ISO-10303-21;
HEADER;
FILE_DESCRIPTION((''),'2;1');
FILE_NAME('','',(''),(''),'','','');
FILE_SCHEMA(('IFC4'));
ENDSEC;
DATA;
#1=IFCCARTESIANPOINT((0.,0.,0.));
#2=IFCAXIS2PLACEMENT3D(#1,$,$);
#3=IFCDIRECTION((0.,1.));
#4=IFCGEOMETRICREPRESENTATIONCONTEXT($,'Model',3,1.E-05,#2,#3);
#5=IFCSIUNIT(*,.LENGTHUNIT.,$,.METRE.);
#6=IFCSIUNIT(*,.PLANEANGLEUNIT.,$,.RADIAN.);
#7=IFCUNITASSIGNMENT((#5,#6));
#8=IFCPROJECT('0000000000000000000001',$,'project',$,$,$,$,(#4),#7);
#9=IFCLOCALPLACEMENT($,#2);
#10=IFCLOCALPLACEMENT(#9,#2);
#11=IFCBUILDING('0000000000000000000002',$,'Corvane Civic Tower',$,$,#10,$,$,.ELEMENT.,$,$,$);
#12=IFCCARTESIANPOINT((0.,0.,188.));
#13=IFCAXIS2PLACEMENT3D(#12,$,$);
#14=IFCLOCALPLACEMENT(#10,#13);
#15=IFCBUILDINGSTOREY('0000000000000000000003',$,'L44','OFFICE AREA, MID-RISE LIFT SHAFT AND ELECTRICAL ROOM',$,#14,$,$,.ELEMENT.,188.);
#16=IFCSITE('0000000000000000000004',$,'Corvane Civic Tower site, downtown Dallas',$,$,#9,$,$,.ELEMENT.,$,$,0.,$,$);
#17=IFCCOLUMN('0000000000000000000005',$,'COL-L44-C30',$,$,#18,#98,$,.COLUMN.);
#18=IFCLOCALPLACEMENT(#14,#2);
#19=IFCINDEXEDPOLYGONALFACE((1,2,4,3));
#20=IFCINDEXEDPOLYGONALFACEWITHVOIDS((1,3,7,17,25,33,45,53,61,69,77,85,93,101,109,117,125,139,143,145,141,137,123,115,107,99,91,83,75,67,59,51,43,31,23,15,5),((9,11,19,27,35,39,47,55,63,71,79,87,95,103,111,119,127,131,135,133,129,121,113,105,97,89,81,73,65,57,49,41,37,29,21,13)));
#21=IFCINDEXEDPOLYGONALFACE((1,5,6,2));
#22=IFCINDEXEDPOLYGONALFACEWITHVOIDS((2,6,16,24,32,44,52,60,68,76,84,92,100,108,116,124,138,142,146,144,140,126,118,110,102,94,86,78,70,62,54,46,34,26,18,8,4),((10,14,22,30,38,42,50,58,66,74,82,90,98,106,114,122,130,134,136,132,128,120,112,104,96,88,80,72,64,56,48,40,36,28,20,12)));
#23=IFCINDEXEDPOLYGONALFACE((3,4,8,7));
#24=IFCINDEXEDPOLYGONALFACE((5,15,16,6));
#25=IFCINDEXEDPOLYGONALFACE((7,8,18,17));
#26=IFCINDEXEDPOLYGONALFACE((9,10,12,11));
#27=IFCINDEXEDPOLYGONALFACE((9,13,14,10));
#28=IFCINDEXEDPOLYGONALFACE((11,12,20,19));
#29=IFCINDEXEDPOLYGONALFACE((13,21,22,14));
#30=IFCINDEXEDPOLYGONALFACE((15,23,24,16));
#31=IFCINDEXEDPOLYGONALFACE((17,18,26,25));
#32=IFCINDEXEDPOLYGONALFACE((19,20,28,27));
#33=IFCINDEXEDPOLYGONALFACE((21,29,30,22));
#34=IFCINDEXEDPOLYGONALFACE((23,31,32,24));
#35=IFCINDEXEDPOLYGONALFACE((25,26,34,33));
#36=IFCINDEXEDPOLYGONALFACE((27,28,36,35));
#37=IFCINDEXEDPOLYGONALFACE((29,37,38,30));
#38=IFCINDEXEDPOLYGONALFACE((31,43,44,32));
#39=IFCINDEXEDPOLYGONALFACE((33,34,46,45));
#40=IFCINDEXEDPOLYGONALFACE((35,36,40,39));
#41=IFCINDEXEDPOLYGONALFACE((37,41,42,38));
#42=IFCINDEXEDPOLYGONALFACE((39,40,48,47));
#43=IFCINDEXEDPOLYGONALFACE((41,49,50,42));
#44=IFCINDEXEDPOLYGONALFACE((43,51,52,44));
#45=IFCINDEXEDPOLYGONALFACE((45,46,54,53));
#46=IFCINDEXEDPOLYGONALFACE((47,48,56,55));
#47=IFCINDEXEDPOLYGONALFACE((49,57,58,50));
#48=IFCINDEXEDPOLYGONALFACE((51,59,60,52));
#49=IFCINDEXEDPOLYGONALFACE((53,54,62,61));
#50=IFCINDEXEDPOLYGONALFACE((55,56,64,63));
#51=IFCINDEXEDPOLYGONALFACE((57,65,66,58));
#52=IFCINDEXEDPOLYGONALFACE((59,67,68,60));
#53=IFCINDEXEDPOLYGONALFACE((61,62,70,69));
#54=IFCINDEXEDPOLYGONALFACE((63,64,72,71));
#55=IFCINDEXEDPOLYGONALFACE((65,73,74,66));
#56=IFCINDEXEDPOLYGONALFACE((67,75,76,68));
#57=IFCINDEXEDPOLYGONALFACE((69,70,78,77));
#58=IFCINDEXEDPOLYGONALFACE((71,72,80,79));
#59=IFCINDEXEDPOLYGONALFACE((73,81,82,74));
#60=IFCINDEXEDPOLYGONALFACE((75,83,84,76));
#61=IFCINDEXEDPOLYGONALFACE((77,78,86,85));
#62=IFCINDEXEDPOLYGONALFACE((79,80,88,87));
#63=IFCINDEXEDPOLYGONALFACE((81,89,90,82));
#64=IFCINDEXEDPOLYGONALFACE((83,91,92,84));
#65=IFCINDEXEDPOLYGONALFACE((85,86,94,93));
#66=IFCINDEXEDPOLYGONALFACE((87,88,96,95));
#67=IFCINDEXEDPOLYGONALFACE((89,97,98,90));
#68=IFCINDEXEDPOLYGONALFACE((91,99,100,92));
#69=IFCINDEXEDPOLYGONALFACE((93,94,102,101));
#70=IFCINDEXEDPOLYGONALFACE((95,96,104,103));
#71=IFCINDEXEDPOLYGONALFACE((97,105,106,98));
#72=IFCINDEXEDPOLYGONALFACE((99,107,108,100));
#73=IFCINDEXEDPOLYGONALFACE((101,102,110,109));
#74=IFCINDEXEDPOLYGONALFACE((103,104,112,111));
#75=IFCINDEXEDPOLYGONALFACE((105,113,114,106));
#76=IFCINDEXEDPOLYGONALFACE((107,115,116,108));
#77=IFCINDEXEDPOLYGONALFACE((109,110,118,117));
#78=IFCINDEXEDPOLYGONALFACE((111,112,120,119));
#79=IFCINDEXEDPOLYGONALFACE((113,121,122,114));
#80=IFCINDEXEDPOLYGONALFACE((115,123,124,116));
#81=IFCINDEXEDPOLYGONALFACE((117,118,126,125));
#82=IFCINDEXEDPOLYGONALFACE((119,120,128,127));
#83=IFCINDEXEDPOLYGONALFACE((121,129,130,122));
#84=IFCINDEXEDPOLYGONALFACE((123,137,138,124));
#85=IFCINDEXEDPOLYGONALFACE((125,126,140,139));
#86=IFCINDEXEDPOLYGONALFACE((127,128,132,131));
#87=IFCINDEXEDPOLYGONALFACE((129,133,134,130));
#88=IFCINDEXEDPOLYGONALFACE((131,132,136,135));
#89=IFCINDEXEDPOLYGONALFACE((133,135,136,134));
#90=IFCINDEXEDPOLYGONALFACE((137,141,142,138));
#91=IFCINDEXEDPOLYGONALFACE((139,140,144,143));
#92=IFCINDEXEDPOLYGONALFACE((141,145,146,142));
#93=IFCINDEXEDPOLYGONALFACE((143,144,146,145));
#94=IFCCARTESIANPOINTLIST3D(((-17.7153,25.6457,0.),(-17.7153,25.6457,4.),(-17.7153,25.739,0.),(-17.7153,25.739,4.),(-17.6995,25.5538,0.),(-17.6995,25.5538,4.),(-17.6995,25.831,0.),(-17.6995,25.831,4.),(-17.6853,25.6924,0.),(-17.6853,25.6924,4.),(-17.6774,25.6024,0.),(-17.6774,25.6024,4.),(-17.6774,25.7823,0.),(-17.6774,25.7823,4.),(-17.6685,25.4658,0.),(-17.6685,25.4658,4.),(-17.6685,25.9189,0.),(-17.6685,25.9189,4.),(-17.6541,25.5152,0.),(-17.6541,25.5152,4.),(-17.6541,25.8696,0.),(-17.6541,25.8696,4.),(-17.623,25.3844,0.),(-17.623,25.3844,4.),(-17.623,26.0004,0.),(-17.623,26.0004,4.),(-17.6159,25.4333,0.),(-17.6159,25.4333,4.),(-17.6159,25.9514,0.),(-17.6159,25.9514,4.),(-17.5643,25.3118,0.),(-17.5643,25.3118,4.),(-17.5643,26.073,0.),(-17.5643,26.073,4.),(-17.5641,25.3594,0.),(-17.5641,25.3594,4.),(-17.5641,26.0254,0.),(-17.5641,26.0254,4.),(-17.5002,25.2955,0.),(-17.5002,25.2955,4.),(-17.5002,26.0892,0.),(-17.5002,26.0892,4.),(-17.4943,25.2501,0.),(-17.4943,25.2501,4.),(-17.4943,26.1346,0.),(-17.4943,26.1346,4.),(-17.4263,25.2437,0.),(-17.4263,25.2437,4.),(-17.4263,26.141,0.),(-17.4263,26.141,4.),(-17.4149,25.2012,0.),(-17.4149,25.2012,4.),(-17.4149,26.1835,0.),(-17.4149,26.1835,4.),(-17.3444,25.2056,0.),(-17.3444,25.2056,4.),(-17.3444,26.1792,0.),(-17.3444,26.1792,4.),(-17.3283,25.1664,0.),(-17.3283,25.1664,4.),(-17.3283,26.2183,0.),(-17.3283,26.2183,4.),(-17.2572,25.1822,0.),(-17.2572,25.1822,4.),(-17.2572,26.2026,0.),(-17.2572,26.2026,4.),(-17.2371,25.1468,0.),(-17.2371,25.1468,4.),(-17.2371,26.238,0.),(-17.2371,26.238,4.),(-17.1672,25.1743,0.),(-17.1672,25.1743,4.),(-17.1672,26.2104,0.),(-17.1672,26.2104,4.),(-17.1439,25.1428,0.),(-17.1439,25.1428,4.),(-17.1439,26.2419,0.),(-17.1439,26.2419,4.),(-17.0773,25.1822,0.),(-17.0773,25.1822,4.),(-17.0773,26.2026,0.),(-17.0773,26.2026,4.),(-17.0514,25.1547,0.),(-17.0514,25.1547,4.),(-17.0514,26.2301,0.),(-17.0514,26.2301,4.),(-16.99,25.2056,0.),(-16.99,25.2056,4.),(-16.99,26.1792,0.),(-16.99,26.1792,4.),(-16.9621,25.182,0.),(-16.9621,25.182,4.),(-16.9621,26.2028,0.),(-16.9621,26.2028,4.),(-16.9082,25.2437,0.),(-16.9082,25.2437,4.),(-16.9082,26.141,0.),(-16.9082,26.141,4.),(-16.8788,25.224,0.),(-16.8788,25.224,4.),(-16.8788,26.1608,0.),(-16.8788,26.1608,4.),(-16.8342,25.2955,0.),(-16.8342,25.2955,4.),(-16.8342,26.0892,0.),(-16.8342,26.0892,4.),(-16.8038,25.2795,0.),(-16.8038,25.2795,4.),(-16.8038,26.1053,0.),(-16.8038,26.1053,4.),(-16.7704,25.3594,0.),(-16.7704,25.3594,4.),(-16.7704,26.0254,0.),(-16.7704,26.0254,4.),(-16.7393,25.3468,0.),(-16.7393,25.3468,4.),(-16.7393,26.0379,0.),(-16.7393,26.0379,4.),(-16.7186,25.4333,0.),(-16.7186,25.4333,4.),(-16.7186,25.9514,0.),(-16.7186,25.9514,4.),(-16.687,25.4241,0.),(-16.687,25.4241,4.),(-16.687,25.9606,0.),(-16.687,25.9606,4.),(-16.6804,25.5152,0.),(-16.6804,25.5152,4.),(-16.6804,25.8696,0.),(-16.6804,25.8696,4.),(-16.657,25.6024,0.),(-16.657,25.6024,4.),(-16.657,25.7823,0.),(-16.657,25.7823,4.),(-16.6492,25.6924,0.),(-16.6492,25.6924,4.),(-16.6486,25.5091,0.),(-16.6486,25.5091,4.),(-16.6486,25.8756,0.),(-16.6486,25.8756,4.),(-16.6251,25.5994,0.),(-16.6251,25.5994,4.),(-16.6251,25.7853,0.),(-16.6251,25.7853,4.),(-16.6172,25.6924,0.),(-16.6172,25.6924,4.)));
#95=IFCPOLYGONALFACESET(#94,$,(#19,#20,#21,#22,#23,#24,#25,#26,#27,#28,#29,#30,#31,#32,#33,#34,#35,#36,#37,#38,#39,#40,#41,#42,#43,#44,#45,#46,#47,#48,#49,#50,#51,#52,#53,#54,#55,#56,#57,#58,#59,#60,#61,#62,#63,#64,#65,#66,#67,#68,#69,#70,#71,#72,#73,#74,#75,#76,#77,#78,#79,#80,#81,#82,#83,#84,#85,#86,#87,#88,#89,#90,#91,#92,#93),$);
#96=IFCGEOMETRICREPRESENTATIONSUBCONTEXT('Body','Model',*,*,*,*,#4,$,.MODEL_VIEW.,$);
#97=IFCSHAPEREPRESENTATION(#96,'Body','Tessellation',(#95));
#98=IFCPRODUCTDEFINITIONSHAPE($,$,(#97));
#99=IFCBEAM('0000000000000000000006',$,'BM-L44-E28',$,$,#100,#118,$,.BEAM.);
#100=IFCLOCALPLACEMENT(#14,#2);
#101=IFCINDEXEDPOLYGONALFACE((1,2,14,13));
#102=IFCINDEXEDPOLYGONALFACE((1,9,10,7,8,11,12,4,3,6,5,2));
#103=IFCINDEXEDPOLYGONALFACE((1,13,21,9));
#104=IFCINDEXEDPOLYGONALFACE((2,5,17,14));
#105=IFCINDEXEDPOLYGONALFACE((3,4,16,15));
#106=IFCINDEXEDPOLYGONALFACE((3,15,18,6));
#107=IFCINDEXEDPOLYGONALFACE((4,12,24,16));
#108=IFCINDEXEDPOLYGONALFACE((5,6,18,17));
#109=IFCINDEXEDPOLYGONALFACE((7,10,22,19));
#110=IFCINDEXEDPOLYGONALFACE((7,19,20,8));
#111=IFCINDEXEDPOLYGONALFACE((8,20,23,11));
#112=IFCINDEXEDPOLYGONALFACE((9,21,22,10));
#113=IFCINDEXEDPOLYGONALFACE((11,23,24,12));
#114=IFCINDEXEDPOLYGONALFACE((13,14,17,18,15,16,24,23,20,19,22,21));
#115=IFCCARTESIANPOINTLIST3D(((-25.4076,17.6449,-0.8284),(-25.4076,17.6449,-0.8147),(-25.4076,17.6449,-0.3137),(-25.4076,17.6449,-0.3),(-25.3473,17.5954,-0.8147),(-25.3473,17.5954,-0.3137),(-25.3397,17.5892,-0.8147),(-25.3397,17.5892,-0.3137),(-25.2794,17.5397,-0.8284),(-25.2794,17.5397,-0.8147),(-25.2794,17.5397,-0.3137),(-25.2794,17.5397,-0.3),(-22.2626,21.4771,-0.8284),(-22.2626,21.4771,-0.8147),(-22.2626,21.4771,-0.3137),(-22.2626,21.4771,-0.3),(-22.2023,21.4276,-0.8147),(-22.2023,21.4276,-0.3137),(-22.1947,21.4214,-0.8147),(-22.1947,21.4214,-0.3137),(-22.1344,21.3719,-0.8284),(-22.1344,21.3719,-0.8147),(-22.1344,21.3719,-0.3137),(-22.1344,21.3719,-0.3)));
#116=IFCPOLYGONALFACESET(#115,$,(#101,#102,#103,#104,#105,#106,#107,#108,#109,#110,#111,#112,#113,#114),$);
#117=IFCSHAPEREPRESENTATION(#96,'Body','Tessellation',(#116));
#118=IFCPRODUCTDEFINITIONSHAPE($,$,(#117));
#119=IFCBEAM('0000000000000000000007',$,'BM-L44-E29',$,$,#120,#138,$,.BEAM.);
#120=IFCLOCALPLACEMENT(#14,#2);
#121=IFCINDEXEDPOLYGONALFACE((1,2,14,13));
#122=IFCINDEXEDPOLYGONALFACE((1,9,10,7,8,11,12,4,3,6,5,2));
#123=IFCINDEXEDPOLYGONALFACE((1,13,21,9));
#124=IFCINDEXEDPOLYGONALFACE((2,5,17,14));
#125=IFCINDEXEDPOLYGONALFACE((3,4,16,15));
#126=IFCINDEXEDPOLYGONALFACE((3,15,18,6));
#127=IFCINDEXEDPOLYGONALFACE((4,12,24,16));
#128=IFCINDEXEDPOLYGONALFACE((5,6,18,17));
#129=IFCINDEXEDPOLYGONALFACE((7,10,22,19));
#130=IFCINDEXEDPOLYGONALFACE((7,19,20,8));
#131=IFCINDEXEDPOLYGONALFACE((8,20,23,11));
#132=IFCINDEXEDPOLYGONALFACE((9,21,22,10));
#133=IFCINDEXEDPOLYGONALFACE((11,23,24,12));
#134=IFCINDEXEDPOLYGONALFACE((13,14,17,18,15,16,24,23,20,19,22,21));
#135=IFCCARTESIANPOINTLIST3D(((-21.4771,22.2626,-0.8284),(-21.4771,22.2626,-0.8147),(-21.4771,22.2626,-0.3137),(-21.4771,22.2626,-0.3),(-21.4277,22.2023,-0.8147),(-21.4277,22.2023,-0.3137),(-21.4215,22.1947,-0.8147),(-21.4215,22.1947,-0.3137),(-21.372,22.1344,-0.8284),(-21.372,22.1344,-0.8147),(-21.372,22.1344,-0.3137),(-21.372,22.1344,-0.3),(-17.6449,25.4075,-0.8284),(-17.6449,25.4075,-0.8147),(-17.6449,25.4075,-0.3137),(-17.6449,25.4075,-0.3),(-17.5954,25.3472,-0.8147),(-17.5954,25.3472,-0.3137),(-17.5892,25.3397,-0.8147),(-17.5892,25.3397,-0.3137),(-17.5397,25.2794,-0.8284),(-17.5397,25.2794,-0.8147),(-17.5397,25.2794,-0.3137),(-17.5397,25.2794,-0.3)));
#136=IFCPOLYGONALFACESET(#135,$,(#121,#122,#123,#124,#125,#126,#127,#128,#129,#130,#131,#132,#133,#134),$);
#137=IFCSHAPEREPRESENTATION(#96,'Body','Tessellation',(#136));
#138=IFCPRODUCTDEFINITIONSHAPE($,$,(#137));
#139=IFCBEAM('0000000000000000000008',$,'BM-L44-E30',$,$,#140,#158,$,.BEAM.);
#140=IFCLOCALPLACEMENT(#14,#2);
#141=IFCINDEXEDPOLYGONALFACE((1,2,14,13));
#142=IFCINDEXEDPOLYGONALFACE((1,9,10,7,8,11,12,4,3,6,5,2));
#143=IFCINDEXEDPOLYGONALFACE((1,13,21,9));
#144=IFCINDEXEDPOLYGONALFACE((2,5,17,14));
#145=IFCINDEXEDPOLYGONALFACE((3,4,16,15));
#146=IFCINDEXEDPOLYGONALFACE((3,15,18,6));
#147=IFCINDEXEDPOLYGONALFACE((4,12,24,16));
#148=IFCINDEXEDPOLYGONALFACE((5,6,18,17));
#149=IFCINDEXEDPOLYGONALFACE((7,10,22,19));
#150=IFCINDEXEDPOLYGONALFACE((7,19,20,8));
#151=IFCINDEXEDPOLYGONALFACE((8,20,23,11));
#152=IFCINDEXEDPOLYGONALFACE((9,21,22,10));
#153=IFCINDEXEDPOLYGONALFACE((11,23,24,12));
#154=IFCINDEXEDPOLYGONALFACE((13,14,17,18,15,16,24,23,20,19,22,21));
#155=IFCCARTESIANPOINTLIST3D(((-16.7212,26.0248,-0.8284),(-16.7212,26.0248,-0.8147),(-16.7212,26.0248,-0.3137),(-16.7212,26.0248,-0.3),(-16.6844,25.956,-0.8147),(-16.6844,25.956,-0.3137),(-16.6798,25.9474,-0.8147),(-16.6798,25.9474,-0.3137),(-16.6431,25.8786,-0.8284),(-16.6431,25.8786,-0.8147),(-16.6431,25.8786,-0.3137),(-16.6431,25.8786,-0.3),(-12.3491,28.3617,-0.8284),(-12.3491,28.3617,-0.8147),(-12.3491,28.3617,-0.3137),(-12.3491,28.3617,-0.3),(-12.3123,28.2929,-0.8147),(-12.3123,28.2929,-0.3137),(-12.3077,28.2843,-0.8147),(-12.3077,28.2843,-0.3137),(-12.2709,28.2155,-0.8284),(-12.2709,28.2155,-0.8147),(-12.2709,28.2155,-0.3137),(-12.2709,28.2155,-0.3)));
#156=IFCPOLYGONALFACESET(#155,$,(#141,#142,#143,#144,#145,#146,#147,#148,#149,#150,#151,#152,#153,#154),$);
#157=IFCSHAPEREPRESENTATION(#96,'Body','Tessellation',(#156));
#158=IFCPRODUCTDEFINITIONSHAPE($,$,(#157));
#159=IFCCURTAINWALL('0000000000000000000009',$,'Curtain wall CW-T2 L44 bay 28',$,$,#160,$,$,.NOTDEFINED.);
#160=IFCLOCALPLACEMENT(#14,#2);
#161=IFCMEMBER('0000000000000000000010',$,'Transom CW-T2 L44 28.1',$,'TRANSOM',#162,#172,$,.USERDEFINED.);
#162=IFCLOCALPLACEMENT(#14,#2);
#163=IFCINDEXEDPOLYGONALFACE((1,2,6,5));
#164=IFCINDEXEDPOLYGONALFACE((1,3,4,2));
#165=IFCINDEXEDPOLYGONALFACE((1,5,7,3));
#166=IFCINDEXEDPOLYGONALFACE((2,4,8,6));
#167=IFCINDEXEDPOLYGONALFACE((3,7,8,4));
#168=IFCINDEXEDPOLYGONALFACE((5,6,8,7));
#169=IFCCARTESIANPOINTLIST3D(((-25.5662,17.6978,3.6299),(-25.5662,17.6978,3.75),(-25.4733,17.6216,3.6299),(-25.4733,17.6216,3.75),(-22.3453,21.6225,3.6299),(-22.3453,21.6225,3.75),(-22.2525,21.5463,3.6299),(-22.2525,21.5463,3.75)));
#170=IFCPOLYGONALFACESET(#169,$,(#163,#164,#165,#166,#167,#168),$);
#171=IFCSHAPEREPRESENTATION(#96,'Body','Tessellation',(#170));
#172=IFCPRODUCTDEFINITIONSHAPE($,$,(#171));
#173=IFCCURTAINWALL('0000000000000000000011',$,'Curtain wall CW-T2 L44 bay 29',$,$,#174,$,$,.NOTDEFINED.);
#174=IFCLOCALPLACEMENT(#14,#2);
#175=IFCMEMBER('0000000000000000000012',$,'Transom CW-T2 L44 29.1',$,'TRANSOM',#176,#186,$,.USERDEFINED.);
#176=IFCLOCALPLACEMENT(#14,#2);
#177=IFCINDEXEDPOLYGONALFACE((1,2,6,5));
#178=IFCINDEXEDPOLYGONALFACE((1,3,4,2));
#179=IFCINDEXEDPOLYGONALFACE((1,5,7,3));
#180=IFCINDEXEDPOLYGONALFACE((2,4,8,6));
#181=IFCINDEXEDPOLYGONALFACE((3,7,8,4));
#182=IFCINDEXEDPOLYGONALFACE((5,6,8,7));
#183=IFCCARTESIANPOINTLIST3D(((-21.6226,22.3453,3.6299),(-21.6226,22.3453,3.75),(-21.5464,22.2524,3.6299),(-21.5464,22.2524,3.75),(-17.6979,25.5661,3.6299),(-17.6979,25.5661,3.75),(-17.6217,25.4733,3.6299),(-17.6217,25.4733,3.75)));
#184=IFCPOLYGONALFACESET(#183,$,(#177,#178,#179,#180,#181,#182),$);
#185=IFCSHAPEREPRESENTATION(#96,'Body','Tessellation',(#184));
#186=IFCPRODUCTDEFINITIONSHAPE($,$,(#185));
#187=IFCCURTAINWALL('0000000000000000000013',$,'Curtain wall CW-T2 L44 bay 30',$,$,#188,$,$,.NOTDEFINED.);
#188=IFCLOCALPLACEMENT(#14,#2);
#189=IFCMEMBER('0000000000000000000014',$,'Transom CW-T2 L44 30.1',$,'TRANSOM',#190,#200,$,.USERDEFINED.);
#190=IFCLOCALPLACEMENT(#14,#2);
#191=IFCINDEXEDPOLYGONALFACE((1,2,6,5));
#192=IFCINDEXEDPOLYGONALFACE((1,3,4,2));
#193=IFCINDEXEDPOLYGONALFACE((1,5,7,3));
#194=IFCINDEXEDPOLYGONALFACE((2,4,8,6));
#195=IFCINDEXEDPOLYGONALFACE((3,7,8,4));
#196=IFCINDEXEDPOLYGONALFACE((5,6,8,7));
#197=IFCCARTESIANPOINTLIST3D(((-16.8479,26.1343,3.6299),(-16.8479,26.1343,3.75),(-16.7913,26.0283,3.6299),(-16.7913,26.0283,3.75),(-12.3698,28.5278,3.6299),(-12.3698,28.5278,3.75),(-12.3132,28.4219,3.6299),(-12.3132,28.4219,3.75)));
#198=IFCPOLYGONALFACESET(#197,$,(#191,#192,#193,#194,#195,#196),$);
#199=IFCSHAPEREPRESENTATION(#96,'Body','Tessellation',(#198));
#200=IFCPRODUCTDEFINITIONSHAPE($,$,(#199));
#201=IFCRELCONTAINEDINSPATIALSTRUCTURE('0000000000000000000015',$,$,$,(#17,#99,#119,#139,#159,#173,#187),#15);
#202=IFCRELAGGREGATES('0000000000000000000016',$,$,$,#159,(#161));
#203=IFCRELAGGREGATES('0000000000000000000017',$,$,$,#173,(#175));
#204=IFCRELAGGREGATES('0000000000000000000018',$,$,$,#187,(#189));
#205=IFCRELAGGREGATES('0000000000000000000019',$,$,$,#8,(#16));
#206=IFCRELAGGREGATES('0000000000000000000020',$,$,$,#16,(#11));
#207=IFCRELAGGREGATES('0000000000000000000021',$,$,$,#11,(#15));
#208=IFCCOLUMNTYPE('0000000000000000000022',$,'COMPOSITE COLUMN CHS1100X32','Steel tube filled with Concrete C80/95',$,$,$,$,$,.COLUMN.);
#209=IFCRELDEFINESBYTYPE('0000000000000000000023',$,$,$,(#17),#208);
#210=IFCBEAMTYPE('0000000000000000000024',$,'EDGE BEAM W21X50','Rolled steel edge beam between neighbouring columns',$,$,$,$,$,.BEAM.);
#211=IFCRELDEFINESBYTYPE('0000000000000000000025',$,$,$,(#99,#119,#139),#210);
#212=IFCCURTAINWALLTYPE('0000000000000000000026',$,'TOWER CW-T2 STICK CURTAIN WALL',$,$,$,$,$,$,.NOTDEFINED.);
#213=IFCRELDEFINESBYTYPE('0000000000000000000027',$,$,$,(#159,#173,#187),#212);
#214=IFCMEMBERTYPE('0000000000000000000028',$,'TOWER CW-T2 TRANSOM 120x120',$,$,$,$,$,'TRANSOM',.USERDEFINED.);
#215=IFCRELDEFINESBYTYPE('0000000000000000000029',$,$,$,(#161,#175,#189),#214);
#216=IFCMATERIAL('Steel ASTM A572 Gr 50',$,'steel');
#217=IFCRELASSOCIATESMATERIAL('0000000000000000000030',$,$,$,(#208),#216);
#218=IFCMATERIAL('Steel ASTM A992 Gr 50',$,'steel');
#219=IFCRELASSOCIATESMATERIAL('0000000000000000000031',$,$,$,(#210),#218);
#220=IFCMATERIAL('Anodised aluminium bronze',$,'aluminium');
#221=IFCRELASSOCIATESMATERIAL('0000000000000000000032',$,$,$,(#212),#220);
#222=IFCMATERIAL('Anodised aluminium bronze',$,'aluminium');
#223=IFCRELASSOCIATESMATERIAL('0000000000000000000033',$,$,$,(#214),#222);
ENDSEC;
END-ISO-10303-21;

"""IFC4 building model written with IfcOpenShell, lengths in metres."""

from ifc_helpers import new_model, si_unit, direction, frame, origin, origin_2d, place, context, subcontext, project, spatial, rectangle, hollow_circle, i_section, extrude, material, material_profile, profile_set, type_object, element, aggregate, save


model = new_model("IFC4")

# Units and contexts
model_context = context("Model", 3, precision=1e-05, world=origin(), true_north=direction((0.0, 1.0)))
body_context = subcontext(model_context, "Body", "Model", "MODEL_VIEW")
ifc_project = project(units=[si_unit("LENGTHUNIT", "METRE"), si_unit("PLANEANGLEUNIT", "RADIAN")], contexts=[model_context])

# Site, building, storey
site_placement = place(None, origin())
site = spatial("IfcSite", under=ifc_project, at=site_placement, Name="Corvane Civic Tower site, downtown Dallas", CompositionType="ELEMENT", RefElevation=0.0)
building_placement = place(site_placement, origin())
building = spatial("IfcBuilding", under=site, at=building_placement, Name="Corvane Civic Tower", CompositionType="ELEMENT")
storey_placement = place(building_placement, frame((0.0, 0.0, 188.0)))
storey = spatial("IfcBuildingStorey", under=building, at=storey_placement, Name="L44", Description="OFFICE AREA, MID-RISE LIFT SHAFT AND ELECTRICAL ROOM", CompositionType="ELEMENT", Elevation=188.0)

# Column
ifc_material_1 = material(Name="Steel ASTM A572 Gr 50", Category="steel")
ifc_material_profile_1 = material_profile(ifc_material_1, hollow_circle(Radius=0.55, WallThickness=0.032, at=origin_2d()), Name="CHS1100X32")
ifc_profile_set_1 = profile_set([ifc_material_profile_1], Name="Steel ASTM A572 Gr 50")
column_type = type_object("IfcColumnType", Name="COMPOSITE COLUMN CHS1100X32", Description="Steel tube filled with Concrete C80/95", PredefinedType="COLUMN", material=ifc_profile_set_1)
for number, where, z_axis, x_axis, name in (
    (1, (-17.1672, 25.6924, 0.0), (0.0, 0.0, 1.0), (1.0, 0.0, 0.0), "COL-L44-C30"),
):
    element("IfcColumn", number, at=place(storey_placement, frame(where, z_axis=z_axis, x_axis=x_axis)), inside=storey, type_object=column_type, Name=name, PredefinedType="COLUMN", context=body_context, shape_type="SweptSolid", body=[
        extrude(hollow_circle(Radius=0.55, WallThickness=0.032, at=origin_2d()), origin(), (0.0, 0.0, 1.0), 4.0),
    ])

# Beams
ifc_material_2 = material(Name="Steel ASTM A992 Gr 50", Category="steel")
ifc_material_profile_2 = material_profile(ifc_material_2, i_section(OverallWidth=0.1658, OverallDepth=0.5283, WebThickness=0.0098, FlangeThickness=0.0137, at=origin_2d()), Name="W21X50")
ifc_profile_set_2 = profile_set([ifc_material_profile_2], Name="Steel ASTM A992 Gr 50")
beam_type = type_object("IfcBeamType", Name="EDGE BEAM W21X50", Description="Rolled steel edge beam between neighbouring columns", PredefinedType="BEAM", material=ifc_profile_set_2)
for number, where, z_axis, x_axis, name in (
    (2, (-25.3435, 17.5923, -0.5642), (0.634388, 0.773015, 0.0), (-0.773015, 0.634388, 0.0), "BM-L44-E28"),
    (3, (-21.4246, 22.1985, -0.5642), (0.773015, 0.634388, 0.0), (-0.634388, 0.773015, 0.0), "BM-L44-E29"),
    (4, (-16.6821, 25.9517, -0.5642), (0.881922, 0.471396, 0.0), (-0.471396, 0.881922, 0.0), "BM-L44-E30"),
):
    element("IfcBeam", number, at=place(storey_placement, frame(where, z_axis=z_axis, x_axis=x_axis)), inside=storey, type_object=beam_type, Name=name, PredefinedType="BEAM", context=body_context, shape_type="SweptSolid", body=[
        extrude(i_section(OverallWidth=0.1658, OverallDepth=0.5283, WebThickness=0.0098, FlangeThickness=0.0137, at=origin_2d()), origin(), (0.0, 0.0, 1.0), 4.9575),
    ])

# Curtain walls, members
ifc_material_3 = material(Name="Anodised aluminium bronze", Category="aluminium")
curtain_wall_type = type_object("IfcCurtainWallType", Name="TOWER CW-T2 STICK CURTAIN WALL", PredefinedType="NOTDEFINED", material=ifc_material_3)
curtain_wall_1_placement = place(storey_placement, origin())
curtain_wall_1 = element("IfcCurtainWall", 5, at=curtain_wall_1_placement, inside=storey, type_object=curtain_wall_type, Name="Curtain wall CW-T2 L44 bay 28", PredefinedType="NOTDEFINED")
ifc_material_4 = material(Name="Anodised aluminium bronze", Category="aluminium")
ifc_material_profile_3 = material_profile(ifc_material_4, rectangle(XDim=0.1201, YDim=0.1201, at=origin_2d()), Name="TOWER CW-T2 TRANSOM 120x120")
ifc_profile_set_3 = profile_set([ifc_material_profile_3], Name="Anodised aluminium bronze")
member_type = type_object("IfcMemberType", Name="TOWER CW-T2 TRANSOM 120x120", ElementType="TRANSOM", PredefinedType="USERDEFINED", material=ifc_profile_set_3)
member_1_placement = place(storey_placement, frame((-25.5198, 17.6597, 3.6899), z_axis=(0.634387, 0.773016, 0.0), x_axis=(-0.773016, 0.634387, 0.0)))
member_1 = element("IfcMember", 6, at=member_1_placement, type_object=member_type, Name="Transom CW-T2 L44 28.1", ObjectType="TRANSOM", PredefinedType="USERDEFINED", context=body_context, shape_type="SweptSolid", body=[
    extrude(rectangle(XDim=0.1201, YDim=0.1201, at=origin_2d()), origin(), (0.0, 0.0, 1.0), 5.0771),
])
curtain_wall_2_placement = place(storey_placement, origin())
curtain_wall_2 = element("IfcCurtainWall", 7, at=curtain_wall_2_placement, inside=storey, type_object=curtain_wall_type, Name="Curtain wall CW-T2 L44 bay 29", PredefinedType="NOTDEFINED")
member_2_placement = place(storey_placement, frame((-21.5845, 22.2988, 3.6899), z_axis=(0.773016, 0.634387, 0.0), x_axis=(-0.634387, 0.773016, 0.0)))
member_2 = element("IfcMember", 8, at=member_2_placement, type_object=member_type, Name="Transom CW-T2 L44 29.1", ObjectType="TRANSOM", PredefinedType="USERDEFINED", context=body_context, shape_type="SweptSolid", body=[
    extrude(rectangle(XDim=0.1201, YDim=0.1201, at=origin_2d()), origin(), (0.0, 0.0, 1.0), 5.0771),
])
curtain_wall_3_placement = place(storey_placement, origin())
curtain_wall_3 = element("IfcCurtainWall", 9, at=curtain_wall_3_placement, inside=storey, type_object=curtain_wall_type, Name="Curtain wall CW-T2 L44 bay 30", PredefinedType="NOTDEFINED")
member_3_placement = place(storey_placement, frame((-16.8196, 26.0813, 3.6899), z_axis=(0.881921, 0.471397, 0.0), x_axis=(-0.471397, 0.881921, 0.0)))
member_3 = element("IfcMember", 10, at=member_3_placement, type_object=member_type, Name="Transom CW-T2 L44 30.1", ObjectType="TRANSOM", PredefinedType="USERDEFINED", context=body_context, shape_type="SweptSolid", body=[
    extrude(rectangle(XDim=0.1201, YDim=0.1201, at=origin_2d()), origin(), (0.0, 0.0, 1.0), 5.0776),
])

aggregate(curtain_wall_1, [member_1])
aggregate(curtain_wall_2, [member_2])
aggregate(curtain_wall_3, [member_3])

save(model, "model.ifc")
